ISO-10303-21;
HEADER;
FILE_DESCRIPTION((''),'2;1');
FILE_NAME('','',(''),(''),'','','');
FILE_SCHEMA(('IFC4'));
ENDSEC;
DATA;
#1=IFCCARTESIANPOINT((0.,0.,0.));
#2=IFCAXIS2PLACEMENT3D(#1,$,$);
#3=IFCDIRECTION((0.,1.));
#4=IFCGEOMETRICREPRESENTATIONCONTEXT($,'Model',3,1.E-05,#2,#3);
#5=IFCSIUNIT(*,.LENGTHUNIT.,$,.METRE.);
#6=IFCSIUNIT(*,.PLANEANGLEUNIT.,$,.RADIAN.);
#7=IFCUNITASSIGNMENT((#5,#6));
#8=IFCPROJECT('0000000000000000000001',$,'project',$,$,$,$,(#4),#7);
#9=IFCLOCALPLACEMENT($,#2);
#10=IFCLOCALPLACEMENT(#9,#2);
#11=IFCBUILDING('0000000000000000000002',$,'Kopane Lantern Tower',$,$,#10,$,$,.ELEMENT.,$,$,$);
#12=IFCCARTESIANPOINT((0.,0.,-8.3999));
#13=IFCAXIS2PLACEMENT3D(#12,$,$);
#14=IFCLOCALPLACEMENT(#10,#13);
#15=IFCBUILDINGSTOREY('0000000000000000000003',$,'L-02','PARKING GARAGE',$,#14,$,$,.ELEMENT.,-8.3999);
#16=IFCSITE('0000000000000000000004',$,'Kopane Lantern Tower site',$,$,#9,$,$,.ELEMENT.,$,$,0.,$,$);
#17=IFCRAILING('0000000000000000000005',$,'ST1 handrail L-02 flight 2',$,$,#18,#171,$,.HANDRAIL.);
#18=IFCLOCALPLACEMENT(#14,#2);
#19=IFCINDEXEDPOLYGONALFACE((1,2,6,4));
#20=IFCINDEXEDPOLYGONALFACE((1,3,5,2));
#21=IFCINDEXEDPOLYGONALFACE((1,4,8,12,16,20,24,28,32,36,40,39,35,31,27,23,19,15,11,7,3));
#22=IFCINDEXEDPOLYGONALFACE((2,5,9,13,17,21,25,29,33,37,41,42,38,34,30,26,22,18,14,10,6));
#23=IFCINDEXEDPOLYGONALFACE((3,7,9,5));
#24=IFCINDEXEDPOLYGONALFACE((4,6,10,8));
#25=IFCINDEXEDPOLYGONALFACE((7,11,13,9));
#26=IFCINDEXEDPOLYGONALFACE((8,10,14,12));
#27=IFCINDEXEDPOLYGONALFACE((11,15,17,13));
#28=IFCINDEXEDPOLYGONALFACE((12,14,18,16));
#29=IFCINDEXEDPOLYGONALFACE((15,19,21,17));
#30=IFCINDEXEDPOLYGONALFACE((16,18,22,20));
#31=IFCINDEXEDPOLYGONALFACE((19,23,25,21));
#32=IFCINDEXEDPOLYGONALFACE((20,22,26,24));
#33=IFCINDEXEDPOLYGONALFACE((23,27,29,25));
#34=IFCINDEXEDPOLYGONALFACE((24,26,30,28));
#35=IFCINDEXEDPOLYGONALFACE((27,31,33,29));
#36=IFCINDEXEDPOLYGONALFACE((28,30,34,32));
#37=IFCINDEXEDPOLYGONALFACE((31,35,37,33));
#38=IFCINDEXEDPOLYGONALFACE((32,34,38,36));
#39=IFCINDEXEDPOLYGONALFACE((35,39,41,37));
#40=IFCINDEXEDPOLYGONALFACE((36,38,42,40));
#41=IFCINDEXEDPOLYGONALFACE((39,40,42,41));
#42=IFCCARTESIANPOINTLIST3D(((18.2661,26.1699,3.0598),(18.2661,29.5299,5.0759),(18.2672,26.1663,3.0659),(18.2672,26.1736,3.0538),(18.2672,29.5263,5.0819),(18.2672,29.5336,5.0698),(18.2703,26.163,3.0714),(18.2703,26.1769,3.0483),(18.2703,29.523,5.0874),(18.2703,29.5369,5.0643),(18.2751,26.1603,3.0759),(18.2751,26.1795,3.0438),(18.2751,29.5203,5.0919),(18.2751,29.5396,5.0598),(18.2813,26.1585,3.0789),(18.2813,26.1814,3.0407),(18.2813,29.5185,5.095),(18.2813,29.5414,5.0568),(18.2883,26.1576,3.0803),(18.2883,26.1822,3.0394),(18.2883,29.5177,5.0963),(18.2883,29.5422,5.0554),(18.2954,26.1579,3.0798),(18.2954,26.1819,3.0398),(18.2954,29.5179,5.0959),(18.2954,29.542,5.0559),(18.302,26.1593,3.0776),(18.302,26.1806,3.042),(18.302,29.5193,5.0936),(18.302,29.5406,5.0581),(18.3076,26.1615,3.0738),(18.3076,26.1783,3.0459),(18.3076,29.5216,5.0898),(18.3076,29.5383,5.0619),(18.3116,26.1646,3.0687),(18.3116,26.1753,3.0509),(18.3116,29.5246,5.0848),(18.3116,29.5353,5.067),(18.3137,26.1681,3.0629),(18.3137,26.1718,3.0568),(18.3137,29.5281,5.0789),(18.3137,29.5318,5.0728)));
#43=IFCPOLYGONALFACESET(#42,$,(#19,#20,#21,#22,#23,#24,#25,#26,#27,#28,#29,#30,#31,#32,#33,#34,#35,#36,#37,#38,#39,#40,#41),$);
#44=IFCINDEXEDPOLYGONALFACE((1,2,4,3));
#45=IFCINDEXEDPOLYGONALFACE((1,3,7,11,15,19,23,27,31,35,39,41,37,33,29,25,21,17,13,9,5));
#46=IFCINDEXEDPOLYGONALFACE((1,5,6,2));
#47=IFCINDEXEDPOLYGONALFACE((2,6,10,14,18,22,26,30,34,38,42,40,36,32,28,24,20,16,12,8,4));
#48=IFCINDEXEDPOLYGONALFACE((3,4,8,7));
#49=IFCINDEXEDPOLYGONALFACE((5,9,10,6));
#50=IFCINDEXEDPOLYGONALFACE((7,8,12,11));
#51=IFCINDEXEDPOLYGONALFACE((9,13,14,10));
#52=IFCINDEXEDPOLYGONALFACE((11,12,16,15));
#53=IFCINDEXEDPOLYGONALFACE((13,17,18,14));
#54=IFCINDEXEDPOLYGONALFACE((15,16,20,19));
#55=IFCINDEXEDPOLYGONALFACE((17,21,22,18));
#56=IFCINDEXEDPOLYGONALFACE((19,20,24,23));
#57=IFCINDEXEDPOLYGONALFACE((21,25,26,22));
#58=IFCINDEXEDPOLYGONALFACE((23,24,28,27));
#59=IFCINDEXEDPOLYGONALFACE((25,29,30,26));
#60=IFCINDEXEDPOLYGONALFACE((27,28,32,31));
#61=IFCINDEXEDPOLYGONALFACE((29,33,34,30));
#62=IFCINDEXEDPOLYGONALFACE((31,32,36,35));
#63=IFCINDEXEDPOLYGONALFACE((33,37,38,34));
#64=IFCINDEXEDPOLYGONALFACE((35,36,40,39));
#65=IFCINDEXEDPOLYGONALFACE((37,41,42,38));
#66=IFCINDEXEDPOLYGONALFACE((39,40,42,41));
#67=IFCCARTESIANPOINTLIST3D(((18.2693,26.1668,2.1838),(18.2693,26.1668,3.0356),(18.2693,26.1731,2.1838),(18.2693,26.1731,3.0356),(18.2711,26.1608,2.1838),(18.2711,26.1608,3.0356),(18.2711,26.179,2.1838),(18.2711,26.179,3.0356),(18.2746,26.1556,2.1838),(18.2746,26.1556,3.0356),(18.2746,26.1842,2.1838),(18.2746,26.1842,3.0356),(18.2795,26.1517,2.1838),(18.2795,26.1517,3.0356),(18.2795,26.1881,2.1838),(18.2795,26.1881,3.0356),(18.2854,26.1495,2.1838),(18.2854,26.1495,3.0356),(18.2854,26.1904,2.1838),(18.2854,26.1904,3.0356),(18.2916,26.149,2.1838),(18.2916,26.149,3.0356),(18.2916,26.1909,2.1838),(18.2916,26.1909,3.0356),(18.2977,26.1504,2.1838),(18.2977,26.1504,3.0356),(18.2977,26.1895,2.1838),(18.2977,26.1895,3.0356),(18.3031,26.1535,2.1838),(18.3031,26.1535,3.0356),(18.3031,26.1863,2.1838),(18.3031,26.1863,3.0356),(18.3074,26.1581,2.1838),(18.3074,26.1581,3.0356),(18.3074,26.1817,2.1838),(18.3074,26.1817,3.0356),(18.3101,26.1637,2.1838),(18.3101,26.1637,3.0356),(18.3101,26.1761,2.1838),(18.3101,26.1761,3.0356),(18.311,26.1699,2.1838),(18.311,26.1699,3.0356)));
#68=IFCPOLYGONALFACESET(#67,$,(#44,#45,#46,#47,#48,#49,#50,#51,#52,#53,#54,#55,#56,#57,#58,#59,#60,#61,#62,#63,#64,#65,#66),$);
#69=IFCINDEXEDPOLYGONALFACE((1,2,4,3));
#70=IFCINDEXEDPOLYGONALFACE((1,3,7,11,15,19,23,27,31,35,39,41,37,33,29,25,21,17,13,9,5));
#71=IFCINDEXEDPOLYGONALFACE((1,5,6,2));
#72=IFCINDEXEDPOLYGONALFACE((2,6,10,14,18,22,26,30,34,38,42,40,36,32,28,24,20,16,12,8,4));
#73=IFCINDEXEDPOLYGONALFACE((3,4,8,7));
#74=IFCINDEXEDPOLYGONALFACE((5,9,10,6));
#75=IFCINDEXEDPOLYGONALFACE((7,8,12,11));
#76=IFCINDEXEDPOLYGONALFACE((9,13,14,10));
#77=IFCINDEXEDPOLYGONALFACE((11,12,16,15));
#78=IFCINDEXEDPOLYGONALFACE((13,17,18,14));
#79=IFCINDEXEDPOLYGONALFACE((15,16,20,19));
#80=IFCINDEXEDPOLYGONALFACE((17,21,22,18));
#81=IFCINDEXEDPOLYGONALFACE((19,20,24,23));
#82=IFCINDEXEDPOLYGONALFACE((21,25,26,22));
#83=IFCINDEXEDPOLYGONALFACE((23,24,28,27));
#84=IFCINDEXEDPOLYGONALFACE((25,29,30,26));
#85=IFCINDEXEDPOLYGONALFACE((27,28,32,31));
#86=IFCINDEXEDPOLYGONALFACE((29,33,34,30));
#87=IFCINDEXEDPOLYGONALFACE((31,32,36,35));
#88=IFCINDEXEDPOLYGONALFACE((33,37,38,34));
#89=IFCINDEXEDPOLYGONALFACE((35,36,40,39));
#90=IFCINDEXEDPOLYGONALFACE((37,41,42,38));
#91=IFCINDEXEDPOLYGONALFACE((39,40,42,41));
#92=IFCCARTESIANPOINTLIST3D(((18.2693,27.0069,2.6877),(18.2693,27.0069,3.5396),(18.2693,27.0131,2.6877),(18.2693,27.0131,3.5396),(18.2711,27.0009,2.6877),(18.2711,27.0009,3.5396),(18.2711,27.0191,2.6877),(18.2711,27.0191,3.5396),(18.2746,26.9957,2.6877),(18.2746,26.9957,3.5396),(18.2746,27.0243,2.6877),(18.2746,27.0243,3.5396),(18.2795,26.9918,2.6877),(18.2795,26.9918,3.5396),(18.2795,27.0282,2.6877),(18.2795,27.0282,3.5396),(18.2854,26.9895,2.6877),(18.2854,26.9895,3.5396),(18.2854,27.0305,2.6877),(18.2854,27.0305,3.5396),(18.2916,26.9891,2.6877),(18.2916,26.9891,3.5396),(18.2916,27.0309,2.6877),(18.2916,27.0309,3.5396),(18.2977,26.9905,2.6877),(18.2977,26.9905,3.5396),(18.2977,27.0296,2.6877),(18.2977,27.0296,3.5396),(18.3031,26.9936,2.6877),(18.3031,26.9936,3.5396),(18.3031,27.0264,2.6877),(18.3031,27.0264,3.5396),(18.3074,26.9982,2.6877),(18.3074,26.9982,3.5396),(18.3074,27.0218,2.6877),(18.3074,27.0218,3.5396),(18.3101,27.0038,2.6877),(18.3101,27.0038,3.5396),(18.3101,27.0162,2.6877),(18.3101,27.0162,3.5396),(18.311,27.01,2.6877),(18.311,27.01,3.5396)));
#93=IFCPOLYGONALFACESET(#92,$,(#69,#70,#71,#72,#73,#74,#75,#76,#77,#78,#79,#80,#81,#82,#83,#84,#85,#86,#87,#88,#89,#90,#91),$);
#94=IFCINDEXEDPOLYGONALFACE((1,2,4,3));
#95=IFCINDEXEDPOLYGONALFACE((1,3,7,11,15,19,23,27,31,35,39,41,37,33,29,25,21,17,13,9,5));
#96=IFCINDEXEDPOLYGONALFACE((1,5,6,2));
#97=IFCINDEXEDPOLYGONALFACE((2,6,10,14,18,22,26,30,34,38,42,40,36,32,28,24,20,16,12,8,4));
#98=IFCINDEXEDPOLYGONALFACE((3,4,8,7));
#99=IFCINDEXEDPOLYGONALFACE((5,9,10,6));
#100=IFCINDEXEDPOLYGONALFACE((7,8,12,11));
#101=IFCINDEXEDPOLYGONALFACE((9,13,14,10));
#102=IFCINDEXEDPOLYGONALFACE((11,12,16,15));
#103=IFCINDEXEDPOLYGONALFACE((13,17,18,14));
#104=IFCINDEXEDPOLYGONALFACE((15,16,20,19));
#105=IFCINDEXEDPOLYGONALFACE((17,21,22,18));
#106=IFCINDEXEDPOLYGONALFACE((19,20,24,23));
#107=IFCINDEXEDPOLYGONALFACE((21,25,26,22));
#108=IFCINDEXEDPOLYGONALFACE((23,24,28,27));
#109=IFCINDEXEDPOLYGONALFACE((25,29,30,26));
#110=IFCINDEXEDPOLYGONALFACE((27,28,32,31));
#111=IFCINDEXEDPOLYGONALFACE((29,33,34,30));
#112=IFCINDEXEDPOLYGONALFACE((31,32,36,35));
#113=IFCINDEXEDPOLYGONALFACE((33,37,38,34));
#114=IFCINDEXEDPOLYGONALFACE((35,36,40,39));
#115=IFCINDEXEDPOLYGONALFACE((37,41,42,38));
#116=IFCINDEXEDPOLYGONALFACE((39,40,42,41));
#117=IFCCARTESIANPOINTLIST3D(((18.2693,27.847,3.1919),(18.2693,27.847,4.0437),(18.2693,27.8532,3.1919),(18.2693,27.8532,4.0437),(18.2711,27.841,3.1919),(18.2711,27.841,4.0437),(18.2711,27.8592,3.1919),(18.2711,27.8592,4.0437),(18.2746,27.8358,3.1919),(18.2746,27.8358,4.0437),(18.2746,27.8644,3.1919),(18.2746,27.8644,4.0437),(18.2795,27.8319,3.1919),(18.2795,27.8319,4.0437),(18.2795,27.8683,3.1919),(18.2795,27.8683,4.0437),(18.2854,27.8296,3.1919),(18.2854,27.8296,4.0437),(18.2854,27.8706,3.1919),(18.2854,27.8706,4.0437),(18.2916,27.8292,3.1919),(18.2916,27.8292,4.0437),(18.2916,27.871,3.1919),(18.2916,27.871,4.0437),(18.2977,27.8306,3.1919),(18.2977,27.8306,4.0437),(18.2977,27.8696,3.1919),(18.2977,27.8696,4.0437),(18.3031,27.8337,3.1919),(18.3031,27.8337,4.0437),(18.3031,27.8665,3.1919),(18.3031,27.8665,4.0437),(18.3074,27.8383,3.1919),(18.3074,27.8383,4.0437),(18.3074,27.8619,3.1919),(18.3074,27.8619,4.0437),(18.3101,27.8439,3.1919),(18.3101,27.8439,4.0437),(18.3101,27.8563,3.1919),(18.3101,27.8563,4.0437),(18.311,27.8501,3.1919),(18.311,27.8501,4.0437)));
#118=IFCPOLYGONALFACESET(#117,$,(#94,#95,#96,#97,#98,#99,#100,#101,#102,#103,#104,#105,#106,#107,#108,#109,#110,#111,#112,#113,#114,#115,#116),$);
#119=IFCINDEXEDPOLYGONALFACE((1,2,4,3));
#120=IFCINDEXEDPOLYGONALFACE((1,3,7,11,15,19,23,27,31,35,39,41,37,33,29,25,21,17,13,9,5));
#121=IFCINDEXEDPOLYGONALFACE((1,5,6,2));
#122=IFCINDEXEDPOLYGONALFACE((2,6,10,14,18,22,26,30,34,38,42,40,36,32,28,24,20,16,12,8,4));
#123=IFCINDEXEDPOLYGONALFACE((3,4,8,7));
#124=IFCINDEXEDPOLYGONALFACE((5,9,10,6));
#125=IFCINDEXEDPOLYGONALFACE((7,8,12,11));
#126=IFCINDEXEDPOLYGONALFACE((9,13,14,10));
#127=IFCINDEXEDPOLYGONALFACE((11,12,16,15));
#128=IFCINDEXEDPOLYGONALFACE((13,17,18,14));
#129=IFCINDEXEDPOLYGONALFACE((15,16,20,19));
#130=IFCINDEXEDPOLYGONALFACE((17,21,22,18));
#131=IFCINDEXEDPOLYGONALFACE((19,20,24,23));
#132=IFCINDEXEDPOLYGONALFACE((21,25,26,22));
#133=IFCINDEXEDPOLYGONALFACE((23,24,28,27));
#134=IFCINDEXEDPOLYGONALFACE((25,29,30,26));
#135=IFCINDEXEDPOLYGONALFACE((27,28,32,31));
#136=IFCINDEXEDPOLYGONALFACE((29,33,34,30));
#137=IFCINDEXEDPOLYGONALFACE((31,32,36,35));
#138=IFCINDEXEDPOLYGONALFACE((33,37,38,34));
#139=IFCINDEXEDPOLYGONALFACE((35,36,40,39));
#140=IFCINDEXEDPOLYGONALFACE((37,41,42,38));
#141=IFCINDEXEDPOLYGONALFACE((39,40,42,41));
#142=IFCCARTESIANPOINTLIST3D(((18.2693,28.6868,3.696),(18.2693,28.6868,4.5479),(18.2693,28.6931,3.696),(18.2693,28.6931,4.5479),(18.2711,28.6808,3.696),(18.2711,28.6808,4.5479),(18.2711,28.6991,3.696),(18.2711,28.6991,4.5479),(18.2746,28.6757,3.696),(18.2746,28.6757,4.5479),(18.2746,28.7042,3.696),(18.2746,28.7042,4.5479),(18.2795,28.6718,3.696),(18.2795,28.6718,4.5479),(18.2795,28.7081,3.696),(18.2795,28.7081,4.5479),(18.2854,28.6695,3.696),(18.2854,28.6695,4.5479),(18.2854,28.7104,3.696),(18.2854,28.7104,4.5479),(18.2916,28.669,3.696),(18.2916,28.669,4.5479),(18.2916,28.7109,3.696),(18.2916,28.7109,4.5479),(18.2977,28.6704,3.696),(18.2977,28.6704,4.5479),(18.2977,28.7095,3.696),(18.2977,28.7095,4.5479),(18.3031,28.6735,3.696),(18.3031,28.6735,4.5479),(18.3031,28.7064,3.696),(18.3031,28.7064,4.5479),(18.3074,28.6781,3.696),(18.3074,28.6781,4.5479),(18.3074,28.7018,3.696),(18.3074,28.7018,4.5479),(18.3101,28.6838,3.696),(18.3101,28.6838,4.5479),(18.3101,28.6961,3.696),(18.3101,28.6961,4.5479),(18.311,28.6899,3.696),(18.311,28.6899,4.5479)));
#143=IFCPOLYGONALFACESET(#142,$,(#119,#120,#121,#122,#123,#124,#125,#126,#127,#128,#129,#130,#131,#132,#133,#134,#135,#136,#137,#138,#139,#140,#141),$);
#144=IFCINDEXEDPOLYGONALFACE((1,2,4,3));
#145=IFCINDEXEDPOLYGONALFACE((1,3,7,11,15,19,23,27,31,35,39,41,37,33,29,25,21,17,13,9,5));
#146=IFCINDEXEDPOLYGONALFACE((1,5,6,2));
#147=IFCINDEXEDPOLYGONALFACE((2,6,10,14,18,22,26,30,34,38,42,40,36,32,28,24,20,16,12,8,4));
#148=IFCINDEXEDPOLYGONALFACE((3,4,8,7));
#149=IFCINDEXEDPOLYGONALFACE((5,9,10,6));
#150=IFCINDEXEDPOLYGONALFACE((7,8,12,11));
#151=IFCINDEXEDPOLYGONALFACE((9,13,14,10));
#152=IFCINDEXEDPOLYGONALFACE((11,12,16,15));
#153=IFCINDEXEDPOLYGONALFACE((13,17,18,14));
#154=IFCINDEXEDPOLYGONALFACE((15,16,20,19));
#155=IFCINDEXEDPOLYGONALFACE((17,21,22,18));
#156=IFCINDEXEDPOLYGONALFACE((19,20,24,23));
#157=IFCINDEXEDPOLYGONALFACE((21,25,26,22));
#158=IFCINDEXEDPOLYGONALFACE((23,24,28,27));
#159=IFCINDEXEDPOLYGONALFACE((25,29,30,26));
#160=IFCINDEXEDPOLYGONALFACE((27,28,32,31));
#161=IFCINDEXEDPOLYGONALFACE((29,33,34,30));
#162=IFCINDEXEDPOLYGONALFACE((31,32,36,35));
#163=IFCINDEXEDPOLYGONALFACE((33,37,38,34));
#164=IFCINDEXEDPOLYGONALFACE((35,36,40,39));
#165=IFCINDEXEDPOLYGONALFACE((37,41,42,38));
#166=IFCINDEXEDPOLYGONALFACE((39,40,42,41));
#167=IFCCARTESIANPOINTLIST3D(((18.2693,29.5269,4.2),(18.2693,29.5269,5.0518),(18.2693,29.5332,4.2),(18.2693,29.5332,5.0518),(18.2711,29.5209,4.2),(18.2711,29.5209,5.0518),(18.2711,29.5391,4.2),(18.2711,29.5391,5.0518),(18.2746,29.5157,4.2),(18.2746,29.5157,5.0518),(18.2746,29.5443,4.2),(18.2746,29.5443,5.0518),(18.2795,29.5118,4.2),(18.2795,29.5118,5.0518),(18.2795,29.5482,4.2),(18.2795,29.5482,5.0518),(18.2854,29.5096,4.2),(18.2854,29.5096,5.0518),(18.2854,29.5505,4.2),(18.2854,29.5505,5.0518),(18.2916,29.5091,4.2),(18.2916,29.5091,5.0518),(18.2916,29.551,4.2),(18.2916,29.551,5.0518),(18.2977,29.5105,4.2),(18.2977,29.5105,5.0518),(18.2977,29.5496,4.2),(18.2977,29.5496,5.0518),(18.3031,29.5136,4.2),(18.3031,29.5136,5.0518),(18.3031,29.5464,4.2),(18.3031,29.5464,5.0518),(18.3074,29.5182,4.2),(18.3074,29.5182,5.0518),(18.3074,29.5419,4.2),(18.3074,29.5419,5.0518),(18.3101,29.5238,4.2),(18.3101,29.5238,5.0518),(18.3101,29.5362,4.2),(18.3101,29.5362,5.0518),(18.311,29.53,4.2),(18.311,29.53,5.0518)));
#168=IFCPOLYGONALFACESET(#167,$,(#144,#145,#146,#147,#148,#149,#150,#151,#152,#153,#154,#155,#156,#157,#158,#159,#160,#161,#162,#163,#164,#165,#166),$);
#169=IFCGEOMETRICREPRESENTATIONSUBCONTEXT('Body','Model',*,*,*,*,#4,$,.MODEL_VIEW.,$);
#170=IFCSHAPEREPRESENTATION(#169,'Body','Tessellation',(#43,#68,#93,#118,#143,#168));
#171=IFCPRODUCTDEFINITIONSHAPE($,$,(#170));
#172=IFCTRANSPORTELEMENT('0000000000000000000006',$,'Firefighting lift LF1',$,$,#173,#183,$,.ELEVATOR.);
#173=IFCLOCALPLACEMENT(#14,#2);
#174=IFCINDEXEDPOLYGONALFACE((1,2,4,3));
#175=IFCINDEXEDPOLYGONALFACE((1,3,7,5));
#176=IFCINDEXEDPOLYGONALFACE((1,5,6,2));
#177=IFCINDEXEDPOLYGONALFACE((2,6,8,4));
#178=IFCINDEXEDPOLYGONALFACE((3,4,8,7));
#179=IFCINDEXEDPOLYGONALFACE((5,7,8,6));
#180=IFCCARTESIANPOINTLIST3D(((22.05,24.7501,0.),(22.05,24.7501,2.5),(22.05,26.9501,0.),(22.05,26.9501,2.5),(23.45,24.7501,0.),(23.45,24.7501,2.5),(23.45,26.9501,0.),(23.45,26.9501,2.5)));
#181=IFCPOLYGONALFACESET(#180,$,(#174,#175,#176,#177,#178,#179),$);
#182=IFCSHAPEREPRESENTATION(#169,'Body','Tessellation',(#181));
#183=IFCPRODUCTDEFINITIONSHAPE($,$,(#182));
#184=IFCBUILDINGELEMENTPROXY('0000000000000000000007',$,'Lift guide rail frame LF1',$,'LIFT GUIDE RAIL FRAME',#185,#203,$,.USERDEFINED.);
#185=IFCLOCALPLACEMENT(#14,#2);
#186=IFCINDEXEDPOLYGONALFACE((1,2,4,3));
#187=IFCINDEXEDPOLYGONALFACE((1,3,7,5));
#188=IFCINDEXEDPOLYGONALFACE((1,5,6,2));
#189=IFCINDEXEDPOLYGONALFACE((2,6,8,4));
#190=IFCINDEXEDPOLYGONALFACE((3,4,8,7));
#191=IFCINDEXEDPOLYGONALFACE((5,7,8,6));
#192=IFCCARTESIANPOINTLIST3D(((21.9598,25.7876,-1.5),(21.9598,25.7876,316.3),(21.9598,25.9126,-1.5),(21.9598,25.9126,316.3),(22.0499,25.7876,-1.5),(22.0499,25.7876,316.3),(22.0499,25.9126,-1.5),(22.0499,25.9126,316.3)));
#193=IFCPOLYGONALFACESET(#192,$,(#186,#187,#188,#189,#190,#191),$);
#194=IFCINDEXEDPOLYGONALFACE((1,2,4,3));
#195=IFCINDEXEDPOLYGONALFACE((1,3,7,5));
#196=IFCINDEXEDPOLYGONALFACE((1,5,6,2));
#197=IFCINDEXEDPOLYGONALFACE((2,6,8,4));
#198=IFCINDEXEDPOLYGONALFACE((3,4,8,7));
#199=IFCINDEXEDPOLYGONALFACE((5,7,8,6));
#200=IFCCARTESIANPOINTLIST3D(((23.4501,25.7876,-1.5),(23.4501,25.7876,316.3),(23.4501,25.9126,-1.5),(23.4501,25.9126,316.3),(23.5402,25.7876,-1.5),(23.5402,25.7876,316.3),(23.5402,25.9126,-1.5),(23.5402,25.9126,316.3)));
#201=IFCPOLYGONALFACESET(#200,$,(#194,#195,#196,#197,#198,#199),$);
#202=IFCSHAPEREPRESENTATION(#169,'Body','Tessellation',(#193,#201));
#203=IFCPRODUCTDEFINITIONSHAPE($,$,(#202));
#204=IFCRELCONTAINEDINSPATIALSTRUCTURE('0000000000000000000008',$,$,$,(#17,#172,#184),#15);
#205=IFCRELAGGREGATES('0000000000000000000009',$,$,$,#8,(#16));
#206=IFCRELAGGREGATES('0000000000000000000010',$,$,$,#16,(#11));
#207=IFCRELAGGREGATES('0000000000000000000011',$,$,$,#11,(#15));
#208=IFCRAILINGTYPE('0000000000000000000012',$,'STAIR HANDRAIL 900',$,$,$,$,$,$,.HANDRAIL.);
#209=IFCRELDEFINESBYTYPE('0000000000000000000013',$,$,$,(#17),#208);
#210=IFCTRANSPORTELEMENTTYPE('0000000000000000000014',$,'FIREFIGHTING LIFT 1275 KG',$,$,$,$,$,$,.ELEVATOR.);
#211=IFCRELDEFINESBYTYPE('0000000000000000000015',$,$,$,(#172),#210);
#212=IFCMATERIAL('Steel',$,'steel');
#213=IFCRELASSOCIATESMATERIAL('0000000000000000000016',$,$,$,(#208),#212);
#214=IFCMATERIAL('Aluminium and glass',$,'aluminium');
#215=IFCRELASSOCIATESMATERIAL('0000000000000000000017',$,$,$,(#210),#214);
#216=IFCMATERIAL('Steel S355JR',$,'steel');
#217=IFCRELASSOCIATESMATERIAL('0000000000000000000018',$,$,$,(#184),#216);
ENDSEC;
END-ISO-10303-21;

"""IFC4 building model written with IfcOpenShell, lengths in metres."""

from ifc_helpers import new_model, si_unit, direction, frame, origin, origin_2d, place, context, subcontext, project, spatial, rectangle, circle, extrude, material, type_object, element, save


model = new_model("IFC4")

# Units and contexts
model_context = context("Model", 3, precision=1e-05, world=origin(), true_north=direction((0.0, 1.0)))
body_context = subcontext(model_context, "Body", "Model", "MODEL_VIEW")
ifc_project = project(units=[si_unit("LENGTHUNIT", "METRE"), si_unit("PLANEANGLEUNIT", "RADIAN")], contexts=[model_context])

# Site, building, storey
site_placement = place(None, origin())
site = spatial("IfcSite", under=ifc_project, at=site_placement, Name="Kopane Lantern Tower site", CompositionType="ELEMENT", RefElevation=0.0)
building_placement = place(site_placement, origin())
building = spatial("IfcBuilding", under=site, at=building_placement, Name="Kopane Lantern Tower", CompositionType="ELEMENT")
storey_placement = place(building_placement, frame((0.0, 0.0, -8.3999)))
storey = spatial("IfcBuildingStorey", under=building, at=storey_placement, Name="L-02", Description="PARKING GARAGE", CompositionType="ELEMENT", Elevation=-8.3999)

# Railing
ifc_material_1 = material(Name="Steel", Category="steel")
railing_type = type_object("IfcRailingType", Name="STAIR HANDRAIL 900", PredefinedType="HANDRAIL", material=ifc_material_1)
for number, where, name in (
    (1, (18.29, 26.1699, 2.1838), "ST1 handrail L-02 flight 2"),
):
    element("IfcRailing", number, at=place(storey_placement, frame(where)), inside=storey, type_object=railing_type, Name=name, PredefinedType="HANDRAIL", context=body_context, shape_type="SweptSolid", body=[
        extrude(circle(Radius=0.0239, at=origin_2d()), frame((0.0, 0.0, 0.876), z_axis=(0.0, 0.857487, 0.514505), x_axis=(-1.0, 0.0, 0.0)), (0.0, 0.0, 1.0), 3.9185),
        extrude(circle(Radius=0.021, at=origin_2d()), origin(), (0.0, 0.0, 1.0), 0.8518),
        extrude(circle(Radius=0.021, at=origin_2d()), frame((0.0, 0.8401, 0.5039)), (0.0, 0.0, 1.0), 0.8518),
        extrude(circle(Radius=0.021, at=origin_2d()), frame((0.0, 1.6802, 1.0081)), (0.0, 0.0, 1.0), 0.8518),
        extrude(circle(Radius=0.021, at=origin_2d()), frame((0.0, 2.52, 1.5122)), (0.0, 0.0, 1.0), 0.8518),
        extrude(circle(Radius=0.021, at=origin_2d()), frame((0.0, 3.3601, 2.0161)), (0.0, 0.0, 1.0), 0.8518),
    ])

# Transport element
ifc_material_2 = material(Name="Aluminium and glass", Category="aluminium")
transport_element_type = type_object("IfcTransportElementType", Name="FIREFIGHTING LIFT 1275 KG", PredefinedType="ELEVATOR", material=ifc_material_2)
transport_element_placement = place(storey_placement, frame((22.75, 25.8501, 0.0), z_axis=(0.0, 0.0, 1.0), x_axis=(1.0, 0.0, 0.0)))
element("IfcTransportElement", 2, at=transport_element_placement, inside=storey, type_object=transport_element_type, Name="Firefighting lift LF1", PredefinedType="ELEVATOR", context=body_context, shape_type="SweptSolid", body=[
    extrude(rectangle(XDim=1.3999, YDim=2.2, at=origin_2d()), origin(), (0.0, 0.0, 1.0), 2.5),
])

# Building element proxy
ifc_material_3 = material(Name="Steel S355JR", Category="steel")
proxy_placement = place(storey_placement, frame((22.75, 25.8501, -1.5), z_axis=(0.0, 0.0, 1.0), x_axis=(1.0, 0.0, 0.0)))
element("IfcBuildingElementProxy", 3, at=proxy_placement, inside=storey, material=ifc_material_3, Name="Lift guide rail frame LF1", ObjectType="LIFT GUIDE RAIL FRAME", PredefinedType="USERDEFINED", context=body_context, shape_type="SweptSolid", body=[
    extrude(rectangle(XDim=0.0901, YDim=0.125, at=origin_2d()), frame((-0.7451, 0.0, 0.0)), (0.0, 0.0, 1.0), 317.8),
    extrude(rectangle(XDim=0.0901, YDim=0.125, at=origin_2d()), frame((0.7451, 0.0, 0.0)), (0.0, 0.0, 1.0), 317.8),
])

save(model, "model.ifc")
